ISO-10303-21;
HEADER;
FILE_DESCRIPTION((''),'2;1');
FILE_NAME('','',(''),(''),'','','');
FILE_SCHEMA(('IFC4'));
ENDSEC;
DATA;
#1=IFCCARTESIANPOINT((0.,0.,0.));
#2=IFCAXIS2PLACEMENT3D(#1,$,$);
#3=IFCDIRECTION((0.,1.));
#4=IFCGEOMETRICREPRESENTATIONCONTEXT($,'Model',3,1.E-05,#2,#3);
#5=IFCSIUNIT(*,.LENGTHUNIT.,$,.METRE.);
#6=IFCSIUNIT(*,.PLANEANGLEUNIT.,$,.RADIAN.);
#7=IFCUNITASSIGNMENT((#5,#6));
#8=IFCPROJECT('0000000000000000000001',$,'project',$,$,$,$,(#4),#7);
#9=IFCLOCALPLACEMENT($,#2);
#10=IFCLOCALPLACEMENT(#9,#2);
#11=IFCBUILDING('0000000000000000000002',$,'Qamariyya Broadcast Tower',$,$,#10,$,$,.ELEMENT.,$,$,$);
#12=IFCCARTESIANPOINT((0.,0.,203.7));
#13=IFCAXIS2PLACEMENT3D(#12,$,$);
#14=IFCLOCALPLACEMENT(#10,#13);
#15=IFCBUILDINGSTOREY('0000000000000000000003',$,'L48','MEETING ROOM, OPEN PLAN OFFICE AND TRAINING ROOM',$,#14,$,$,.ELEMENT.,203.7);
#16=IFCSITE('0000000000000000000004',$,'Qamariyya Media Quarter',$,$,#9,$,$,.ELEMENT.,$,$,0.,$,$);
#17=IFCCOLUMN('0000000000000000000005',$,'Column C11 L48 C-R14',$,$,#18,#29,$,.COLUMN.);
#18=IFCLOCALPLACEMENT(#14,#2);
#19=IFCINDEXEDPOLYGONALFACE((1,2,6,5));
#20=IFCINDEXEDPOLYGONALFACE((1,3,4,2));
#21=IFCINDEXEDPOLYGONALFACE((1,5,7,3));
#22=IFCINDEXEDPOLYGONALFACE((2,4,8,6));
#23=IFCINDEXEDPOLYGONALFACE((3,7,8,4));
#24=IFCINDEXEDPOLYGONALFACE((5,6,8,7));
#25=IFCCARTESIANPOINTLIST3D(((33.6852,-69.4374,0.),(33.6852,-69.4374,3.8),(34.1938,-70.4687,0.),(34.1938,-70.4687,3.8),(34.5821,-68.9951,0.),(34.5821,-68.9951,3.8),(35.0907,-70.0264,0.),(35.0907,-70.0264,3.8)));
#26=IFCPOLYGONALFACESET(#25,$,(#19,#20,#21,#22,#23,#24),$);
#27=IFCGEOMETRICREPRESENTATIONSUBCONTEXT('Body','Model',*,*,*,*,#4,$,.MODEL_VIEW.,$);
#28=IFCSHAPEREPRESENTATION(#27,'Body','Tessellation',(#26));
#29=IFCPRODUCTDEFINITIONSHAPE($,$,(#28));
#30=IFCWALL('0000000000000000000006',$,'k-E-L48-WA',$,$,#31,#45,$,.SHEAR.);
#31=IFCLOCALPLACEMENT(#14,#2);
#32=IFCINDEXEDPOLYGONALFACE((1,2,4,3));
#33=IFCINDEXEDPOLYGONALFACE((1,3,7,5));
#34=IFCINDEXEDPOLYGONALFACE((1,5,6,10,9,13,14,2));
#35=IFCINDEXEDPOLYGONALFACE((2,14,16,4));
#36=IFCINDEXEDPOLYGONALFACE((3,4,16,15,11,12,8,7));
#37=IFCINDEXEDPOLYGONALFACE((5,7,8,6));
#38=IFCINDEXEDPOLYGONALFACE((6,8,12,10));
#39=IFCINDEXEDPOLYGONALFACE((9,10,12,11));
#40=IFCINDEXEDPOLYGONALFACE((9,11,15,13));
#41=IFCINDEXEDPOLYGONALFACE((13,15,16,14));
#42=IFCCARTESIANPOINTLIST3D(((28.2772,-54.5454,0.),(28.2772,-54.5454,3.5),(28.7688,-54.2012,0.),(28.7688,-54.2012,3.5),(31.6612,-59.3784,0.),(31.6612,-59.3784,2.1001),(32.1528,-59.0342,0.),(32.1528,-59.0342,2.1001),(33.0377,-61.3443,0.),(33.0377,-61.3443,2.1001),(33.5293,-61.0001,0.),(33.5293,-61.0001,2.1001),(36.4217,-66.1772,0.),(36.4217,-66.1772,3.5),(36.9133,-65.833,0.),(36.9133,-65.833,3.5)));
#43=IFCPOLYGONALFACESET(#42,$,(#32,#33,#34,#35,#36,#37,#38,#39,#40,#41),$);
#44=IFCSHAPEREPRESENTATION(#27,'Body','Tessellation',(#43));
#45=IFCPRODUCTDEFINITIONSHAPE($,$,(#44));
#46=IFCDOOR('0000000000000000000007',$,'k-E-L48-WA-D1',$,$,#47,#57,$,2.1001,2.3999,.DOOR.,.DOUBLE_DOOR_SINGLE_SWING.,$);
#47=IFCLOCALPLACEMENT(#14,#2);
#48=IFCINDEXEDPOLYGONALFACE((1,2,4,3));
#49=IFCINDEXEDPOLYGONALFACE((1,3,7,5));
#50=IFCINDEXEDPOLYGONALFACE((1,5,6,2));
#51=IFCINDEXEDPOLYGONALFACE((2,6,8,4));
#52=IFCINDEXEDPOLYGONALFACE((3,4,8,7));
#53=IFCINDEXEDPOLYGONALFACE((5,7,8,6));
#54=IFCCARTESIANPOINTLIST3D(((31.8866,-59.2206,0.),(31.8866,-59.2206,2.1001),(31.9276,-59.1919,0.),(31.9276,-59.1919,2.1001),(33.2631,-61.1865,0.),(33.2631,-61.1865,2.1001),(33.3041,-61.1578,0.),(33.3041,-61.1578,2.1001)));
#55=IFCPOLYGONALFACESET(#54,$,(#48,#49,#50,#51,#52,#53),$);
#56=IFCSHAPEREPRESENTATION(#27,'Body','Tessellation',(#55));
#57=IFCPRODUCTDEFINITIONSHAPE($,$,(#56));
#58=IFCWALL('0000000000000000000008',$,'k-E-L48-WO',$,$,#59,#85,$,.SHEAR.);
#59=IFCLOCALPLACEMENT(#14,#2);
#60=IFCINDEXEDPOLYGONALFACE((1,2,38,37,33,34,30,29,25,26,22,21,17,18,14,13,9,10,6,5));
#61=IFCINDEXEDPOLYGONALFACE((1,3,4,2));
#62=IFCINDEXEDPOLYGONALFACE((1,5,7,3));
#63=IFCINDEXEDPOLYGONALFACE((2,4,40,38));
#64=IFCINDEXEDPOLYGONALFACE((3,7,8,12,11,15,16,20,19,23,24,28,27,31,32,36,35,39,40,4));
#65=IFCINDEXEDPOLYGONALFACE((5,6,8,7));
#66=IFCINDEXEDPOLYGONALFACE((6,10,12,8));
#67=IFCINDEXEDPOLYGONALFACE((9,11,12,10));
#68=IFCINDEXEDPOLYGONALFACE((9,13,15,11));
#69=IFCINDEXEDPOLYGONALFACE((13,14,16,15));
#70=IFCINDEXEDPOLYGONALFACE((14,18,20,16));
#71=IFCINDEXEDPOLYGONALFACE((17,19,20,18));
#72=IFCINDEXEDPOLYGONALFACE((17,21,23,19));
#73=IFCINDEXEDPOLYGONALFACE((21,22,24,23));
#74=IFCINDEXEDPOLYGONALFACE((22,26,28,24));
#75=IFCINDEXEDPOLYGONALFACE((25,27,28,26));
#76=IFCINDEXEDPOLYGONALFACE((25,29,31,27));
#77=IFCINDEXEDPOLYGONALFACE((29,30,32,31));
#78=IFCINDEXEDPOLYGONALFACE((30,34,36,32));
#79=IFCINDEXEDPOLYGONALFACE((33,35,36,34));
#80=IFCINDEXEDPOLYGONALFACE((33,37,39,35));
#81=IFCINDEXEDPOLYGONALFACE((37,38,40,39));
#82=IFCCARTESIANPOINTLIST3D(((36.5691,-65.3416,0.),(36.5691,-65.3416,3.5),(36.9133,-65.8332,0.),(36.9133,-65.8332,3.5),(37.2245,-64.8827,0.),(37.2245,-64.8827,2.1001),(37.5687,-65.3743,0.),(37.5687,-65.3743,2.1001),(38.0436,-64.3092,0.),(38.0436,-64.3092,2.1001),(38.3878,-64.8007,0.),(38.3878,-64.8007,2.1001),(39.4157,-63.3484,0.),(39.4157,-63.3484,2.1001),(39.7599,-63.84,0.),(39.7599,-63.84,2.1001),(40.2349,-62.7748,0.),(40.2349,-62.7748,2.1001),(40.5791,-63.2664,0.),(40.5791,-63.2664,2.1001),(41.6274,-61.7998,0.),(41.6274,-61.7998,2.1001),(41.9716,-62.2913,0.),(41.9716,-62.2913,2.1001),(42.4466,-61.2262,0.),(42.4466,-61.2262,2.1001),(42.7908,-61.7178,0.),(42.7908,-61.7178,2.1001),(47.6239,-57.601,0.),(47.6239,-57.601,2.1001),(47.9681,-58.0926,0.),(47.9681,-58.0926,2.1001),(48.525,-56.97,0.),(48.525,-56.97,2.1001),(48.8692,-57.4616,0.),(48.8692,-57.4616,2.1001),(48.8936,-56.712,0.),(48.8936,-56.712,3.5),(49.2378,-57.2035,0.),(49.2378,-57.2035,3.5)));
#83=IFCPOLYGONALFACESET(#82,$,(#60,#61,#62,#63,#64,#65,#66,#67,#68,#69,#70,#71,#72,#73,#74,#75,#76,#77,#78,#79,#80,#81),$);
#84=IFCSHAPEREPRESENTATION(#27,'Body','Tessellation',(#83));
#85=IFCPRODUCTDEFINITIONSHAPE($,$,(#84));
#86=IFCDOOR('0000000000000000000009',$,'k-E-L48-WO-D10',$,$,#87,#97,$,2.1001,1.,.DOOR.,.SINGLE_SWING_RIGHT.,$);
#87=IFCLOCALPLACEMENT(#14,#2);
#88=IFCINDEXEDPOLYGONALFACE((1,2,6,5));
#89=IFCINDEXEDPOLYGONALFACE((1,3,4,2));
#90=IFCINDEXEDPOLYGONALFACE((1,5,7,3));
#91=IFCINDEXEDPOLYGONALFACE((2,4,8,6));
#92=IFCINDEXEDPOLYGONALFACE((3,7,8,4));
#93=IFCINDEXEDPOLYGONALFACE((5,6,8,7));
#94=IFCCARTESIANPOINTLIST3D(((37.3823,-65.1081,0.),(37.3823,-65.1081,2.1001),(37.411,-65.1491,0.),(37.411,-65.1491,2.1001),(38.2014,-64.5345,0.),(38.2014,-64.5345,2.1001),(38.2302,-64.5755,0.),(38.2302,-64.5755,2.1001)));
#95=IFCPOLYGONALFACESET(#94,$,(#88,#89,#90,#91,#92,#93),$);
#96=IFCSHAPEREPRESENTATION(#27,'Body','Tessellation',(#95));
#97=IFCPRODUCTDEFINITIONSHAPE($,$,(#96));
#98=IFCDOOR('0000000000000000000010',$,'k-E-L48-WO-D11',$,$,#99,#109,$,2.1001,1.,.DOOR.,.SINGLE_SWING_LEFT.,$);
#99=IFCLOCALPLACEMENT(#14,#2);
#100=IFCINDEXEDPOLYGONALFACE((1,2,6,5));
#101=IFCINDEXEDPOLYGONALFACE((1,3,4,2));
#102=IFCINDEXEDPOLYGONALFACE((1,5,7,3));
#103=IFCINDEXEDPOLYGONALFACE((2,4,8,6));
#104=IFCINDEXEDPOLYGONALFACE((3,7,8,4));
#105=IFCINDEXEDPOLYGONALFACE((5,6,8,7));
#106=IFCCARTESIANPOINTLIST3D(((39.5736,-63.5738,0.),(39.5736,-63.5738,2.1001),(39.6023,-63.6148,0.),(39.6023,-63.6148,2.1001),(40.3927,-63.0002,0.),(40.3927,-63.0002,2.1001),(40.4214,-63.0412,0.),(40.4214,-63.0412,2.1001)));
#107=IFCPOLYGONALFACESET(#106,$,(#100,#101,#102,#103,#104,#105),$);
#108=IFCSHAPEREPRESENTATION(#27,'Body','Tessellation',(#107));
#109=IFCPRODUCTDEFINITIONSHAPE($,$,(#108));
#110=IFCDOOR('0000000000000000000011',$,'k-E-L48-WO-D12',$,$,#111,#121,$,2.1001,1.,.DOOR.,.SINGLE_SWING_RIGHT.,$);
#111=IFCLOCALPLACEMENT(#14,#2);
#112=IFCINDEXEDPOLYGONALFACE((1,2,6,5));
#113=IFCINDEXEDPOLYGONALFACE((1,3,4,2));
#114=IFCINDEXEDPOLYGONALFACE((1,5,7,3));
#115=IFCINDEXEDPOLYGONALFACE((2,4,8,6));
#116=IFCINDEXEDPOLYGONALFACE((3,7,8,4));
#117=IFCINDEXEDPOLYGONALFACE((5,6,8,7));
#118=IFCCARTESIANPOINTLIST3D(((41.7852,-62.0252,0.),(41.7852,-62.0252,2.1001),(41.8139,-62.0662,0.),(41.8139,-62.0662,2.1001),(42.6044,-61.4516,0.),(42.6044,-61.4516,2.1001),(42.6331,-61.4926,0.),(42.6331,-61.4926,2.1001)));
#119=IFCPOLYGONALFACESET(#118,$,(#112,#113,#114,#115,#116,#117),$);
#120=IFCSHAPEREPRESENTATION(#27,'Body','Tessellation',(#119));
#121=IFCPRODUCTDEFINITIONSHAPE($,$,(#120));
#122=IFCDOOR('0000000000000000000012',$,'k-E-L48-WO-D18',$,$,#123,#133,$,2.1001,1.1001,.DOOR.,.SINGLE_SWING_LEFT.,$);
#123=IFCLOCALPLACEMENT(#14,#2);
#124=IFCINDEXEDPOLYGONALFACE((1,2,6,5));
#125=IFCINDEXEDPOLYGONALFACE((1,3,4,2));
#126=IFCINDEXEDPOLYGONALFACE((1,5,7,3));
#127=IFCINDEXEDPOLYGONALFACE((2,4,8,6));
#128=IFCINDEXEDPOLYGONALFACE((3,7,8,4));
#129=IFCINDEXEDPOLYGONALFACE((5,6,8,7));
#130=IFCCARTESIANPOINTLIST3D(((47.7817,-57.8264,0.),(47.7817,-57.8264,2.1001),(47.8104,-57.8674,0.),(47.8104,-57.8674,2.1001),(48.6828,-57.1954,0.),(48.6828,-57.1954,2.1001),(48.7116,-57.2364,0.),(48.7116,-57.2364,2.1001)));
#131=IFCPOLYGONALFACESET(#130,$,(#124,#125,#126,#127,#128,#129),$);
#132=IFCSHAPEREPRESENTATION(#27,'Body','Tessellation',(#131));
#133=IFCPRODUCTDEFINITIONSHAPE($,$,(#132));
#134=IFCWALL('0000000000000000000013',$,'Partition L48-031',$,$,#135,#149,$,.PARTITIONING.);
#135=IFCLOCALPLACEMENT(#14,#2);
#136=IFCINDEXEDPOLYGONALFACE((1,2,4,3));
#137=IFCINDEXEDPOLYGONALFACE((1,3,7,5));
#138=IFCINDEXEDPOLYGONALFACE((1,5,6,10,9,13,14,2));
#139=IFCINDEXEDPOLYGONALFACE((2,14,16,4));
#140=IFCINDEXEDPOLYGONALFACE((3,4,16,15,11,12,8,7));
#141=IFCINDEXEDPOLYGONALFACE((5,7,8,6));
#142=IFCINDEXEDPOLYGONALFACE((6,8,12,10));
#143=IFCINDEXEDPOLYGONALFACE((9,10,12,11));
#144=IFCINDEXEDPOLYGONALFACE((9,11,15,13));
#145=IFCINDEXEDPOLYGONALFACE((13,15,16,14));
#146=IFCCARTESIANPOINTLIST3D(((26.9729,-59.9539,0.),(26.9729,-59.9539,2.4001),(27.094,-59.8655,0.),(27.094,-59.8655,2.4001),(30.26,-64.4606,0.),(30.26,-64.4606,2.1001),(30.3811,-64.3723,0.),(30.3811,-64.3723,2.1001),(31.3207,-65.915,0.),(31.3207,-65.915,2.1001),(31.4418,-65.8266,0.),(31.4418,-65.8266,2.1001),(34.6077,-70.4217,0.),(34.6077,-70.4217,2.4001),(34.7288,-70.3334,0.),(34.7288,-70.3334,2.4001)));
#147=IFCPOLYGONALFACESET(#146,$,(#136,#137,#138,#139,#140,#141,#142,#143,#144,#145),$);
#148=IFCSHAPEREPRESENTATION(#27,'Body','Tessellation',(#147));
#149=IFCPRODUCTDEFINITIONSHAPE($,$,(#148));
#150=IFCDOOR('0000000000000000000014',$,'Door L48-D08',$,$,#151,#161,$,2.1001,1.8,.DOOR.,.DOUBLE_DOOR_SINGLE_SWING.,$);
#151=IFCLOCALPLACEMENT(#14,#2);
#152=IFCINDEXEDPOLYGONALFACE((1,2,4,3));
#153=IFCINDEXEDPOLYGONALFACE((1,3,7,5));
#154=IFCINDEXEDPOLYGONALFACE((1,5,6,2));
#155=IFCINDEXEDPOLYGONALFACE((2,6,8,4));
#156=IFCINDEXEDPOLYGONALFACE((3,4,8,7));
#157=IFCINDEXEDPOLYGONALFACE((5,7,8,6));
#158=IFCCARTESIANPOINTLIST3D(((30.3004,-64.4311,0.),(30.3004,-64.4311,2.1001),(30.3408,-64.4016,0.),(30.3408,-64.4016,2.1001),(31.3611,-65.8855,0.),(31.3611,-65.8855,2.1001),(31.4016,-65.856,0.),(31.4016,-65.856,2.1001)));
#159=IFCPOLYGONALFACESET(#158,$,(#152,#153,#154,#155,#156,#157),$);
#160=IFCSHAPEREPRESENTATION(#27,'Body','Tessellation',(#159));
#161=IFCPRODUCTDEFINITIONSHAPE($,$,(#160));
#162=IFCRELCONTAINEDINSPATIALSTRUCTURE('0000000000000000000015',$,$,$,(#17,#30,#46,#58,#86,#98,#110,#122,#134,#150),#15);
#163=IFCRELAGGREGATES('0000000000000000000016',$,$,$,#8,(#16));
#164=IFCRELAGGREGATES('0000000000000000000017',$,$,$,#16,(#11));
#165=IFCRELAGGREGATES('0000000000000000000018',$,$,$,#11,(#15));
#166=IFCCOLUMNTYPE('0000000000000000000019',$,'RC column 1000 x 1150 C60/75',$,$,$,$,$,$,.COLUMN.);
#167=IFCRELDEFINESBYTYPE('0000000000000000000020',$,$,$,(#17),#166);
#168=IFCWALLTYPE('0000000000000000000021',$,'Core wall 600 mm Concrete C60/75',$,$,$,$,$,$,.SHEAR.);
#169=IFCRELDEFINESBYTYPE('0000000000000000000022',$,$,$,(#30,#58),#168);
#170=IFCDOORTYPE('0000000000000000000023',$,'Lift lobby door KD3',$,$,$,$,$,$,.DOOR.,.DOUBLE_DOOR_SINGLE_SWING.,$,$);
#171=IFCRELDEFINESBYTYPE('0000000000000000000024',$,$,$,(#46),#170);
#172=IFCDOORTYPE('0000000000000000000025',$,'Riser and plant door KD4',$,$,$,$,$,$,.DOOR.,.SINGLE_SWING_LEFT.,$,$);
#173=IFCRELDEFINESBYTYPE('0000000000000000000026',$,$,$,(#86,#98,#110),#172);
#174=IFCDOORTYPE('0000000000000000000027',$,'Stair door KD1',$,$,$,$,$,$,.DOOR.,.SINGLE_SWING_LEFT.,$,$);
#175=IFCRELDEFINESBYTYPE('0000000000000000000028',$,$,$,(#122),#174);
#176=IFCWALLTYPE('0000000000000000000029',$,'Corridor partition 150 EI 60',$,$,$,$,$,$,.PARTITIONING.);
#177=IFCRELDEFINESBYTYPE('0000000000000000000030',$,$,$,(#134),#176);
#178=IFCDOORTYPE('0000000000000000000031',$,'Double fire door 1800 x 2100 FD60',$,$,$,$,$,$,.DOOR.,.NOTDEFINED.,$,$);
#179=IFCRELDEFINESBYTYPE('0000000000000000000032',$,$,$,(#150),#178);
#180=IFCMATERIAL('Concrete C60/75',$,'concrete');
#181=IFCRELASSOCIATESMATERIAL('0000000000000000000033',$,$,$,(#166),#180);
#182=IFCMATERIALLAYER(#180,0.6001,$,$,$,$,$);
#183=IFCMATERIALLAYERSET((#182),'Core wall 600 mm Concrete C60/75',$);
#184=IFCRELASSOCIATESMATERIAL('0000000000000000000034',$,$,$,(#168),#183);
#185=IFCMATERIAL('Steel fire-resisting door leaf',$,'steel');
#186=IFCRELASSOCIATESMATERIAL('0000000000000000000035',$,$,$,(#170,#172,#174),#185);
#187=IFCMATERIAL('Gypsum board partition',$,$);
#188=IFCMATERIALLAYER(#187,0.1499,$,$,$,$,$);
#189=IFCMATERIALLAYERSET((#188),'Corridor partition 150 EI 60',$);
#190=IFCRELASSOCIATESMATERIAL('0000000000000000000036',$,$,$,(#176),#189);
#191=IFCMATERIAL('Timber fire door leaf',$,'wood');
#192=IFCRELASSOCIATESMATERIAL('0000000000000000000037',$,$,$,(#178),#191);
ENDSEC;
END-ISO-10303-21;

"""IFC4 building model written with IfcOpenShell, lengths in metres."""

from ifc_helpers import new_model, si_unit, direction, frame, frame_2d, origin, origin_2d, place, context, subcontext, project, spatial, rectangle, extrude, material, layer, layer_set, material_profile, profile_set, type_object, element, fill, save


model = new_model("IFC4")

# Units and contexts
model_context = context("Model", 3, precision=1e-05, world=origin(), true_north=direction((0.0, 1.0)))
body_context = subcontext(model_context, "Body", "Model", "MODEL_VIEW")
ifc_project = project(units=[si_unit("LENGTHUNIT", "METRE"), si_unit("PLANEANGLEUNIT", "RADIAN")], contexts=[model_context])

# Site, building, storey
site_placement = place(None, origin())
site = spatial("IfcSite", under=ifc_project, at=site_placement, Name="Qamariyya Media Quarter", CompositionType="ELEMENT", RefElevation=0.0)
building_placement = place(site_placement, origin())
building = spatial("IfcBuilding", under=site, at=building_placement, Name="Qamariyya Broadcast Tower", CompositionType="ELEMENT")
storey_placement = place(building_placement, frame((0.0, 0.0, 203.7)))
storey = spatial("IfcBuildingStorey", under=building, at=storey_placement, Name="L48", Description="MEETING ROOM, OPEN PLAN OFFICE AND TRAINING ROOM", CompositionType="ELEMENT", Elevation=203.7)

# Column
ifc_material_1 = material(Name="Concrete C60/75", Category="concrete")
ifc_material_profile_1 = material_profile(ifc_material_1, rectangle(XDim=1.0, YDim=1.1499, at=origin_2d()))
ifc_profile_set_1 = profile_set([ifc_material_profile_1], Name="Concrete C60/75")
column_type = type_object("IfcColumnType", Name="RC column 1000 x 1150 C60/75", PredefinedType="COLUMN", material=ifc_profile_set_1)
column_placement = place(storey_placement, frame((34.3879, -69.7319, 0.0), z_axis=(0.0, 0.0, 1.0), x_axis=(0.896873, 0.442289, 0.0)))
element("IfcColumn", 1, at=column_placement, inside=storey, type_object=column_type, Name="Column C11 L48 C-R14", PredefinedType="COLUMN", context=body_context, shape_type="SweptSolid", body=[
    extrude(rectangle(XDim=1.0, YDim=1.1499, at=origin_2d()), origin(), (0.0, 0.0, 1.0), 3.8),
])

# Wall, opening, door
ifc_layer_1 = layer(ifc_material_1, 0.6001)
ifc_layer_set_1 = layer_set([ifc_layer_1], Name="Core wall 600 mm Concrete C60/75")
wall_type_1 = type_object("IfcWallType", Name="Core wall 600 mm Concrete C60/75", PredefinedType="SHEAR", material=ifc_layer_set_1)
wall_1_placement = place(storey_placement, frame((36.6675, -66.0051, 0.0), z_axis=(0.0, 0.0, 1.0), x_axis=(-0.573568, 0.819158, 0.0)))
wall_1 = element("IfcWall", 2, at=wall_1_placement, inside=storey, type_object=wall_type_1, Name="k-E-L48-WA", PredefinedType="SHEAR", context=body_context, shape_type="SweptSolid", body=[
    extrude(rectangle(XDim=14.1997, YDim=0.6001, at=frame_2d((7.0999, 0.0))), origin(), (0.0, 0.0, 1.0), 3.5),
])
opening_1_placement = place(wall_1_placement, frame((5.8999, 0.0, 0.0)))
opening_1 = element("IfcOpeningElement", 3, at=opening_1_placement, cuts=wall_1, PredefinedType="OPENING", context=body_context, shape_type="SweptSolid", body=[
    extrude(rectangle(XDim=2.3999, YDim=2.1001, at=frame_2d((1.2, 1.05))), frame((0.0, 0.3101, 0.0), z_axis=(0.0, -1.0, 0.0), x_axis=(1.0, 0.0, 0.0)), (0.0, 0.0, 1.0), 0.6201),
])
ifc_material_2 = material(Name="Steel fire-resisting door leaf", Category="steel")
door_type_1 = type_object("IfcDoorType", Name="Lift lobby door KD3", OperationType="DOUBLE_DOOR_SINGLE_SWING", PredefinedType="DOOR", material=ifc_material_2)
door_1_placement = place(opening_1_placement, origin())
door_1 = element("IfcDoor", 4, at=door_1_placement, inside=storey, type_object=door_type_1, Name="k-E-L48-WA-D1", OperationType="DOUBLE_DOOR_SINGLE_SWING", OverallHeight=2.1001, OverallWidth=2.3999, PredefinedType="DOOR", context=body_context, shape_type="SweptSolid", body=[
    extrude(rectangle(XDim=2.3999, YDim=2.1001, at=frame_2d((1.2, 1.05))), frame((0.0, 0.0249, 0.0), z_axis=(0.0, -1.0, 0.0), x_axis=(1.0, 0.0, 0.0)), (0.0, 0.0, 1.0), 0.05),
])
fill(opening_1, door_1)

# Wall, openings, doors
wall_2_placement = place(storey_placement, frame((36.7412, -65.5874, 0.0), z_axis=(0.0, 0.0, 1.0), x_axis=(0.819153, 0.573575, 0.0)))
wall_2 = element("IfcWall", 5, at=wall_2_placement, inside=storey, type_object=wall_type_1, Name="k-E-L48-WO", PredefinedType="SHEAR", context=body_context, shape_type="SweptSolid", body=[
    extrude(rectangle(XDim=15.0454, YDim=0.6001, at=frame_2d((7.5227, 0.0))), origin(), (0.0, 0.0, 1.0), 3.5),
])
opening_2_placement = place(wall_2_placement, frame((0.8, 0.0, 0.0)))
opening_2 = element("IfcOpeningElement", 6, at=opening_2_placement, cuts=wall_2, PredefinedType="OPENING", context=body_context, shape_type="SweptSolid", body=[
    extrude(rectangle(XDim=1.0, YDim=2.1001, at=frame_2d((0.5, 1.05))), frame((0.0, 0.3101, 0.0), z_axis=(0.0, -1.0, 0.0), x_axis=(1.0, 0.0, 0.0)), (0.0, 0.0, 1.0), 0.6201),
])
opening_3_placement = place(wall_2_placement, frame((3.4751, 0.0, 0.0)))
opening_3 = element("IfcOpeningElement", 7, at=opening_3_placement, cuts=wall_2, PredefinedType="OPENING", context=body_context, shape_type="SweptSolid", body=[
    extrude(rectangle(XDim=1.0, YDim=2.1001, at=frame_2d((0.5, 1.05))), frame((0.0, 0.3101, 0.0), z_axis=(0.0, -1.0, 0.0), x_axis=(1.0, 0.0, 0.0)), (0.0, 0.0, 1.0), 0.6201),
])
opening_4_placement = place(wall_2_placement, frame((6.175, 0.0, 0.0)))
opening_4 = element("IfcOpeningElement", 8, at=opening_4_placement, cuts=wall_2, PredefinedType="OPENING", context=body_context, shape_type="SweptSolid", body=[
    extrude(rectangle(XDim=1.0, YDim=2.1001, at=frame_2d((0.5, 1.05))), frame((0.0, 0.3101, 0.0), z_axis=(0.0, -1.0, 0.0), x_axis=(1.0, 0.0, 0.0)), (0.0, 0.0, 1.0), 0.6201),
])
opening_5_placement = place(wall_2_placement, frame((13.4954, 0.0, 0.0)))
opening_5 = element("IfcOpeningElement", 9, at=opening_5_placement, cuts=wall_2, PredefinedType="OPENING", context=body_context, shape_type="SweptSolid", body=[
    extrude(rectangle(XDim=1.1001, YDim=2.1001, at=frame_2d((0.55, 1.05))), frame((0.0, 0.3101, 0.0), z_axis=(0.0, -1.0, 0.0), x_axis=(1.0, 0.0, 0.0)), (0.0, 0.0, 1.0), 0.6201),
])
door_type_2 = type_object("IfcDoorType", Name="Riser and plant door KD4", OperationType="SINGLE_SWING_LEFT", PredefinedType="DOOR", material=ifc_material_2)
door_2_placement = place(opening_2_placement, origin())
door_2 = element("IfcDoor", 10, at=door_2_placement, inside=storey, type_object=door_type_2, Name="k-E-L48-WO-D10", OperationType="SINGLE_SWING_RIGHT", OverallHeight=2.1001, OverallWidth=1.0, PredefinedType="DOOR", context=body_context, shape_type="SweptSolid", body=[
    extrude(rectangle(XDim=1.0, YDim=2.1001, at=frame_2d((0.5, 1.05))), frame((0.0, 0.0249, 0.0), z_axis=(0.0, -1.0, 0.0), x_axis=(1.0, 0.0, 0.0)), (0.0, 0.0, 1.0), 0.05),
])
fill(opening_2, door_2)
door_3_placement = place(opening_3_placement, origin())
door_3 = element("IfcDoor", 11, at=door_3_placement, inside=storey, type_object=door_type_2, Name="k-E-L48-WO-D11", OperationType="SINGLE_SWING_LEFT", OverallHeight=2.1001, OverallWidth=1.0, PredefinedType="DOOR", context=body_context, shape_type="SweptSolid", body=[
    extrude(rectangle(XDim=1.0, YDim=2.1001, at=frame_2d((0.5, 1.05))), frame((0.0, 0.0249, 0.0), z_axis=(0.0, -1.0, 0.0), x_axis=(1.0, 0.0, 0.0)), (0.0, 0.0, 1.0), 0.05),
])
fill(opening_3, door_3)
door_4_placement = place(opening_4_placement, origin())
door_4 = element("IfcDoor", 12, at=door_4_placement, inside=storey, type_object=door_type_2, Name="k-E-L48-WO-D12", OperationType="SINGLE_SWING_RIGHT", OverallHeight=2.1001, OverallWidth=1.0, PredefinedType="DOOR", context=body_context, shape_type="SweptSolid", body=[
    extrude(rectangle(XDim=1.0, YDim=2.1001, at=frame_2d((0.5, 1.05))), frame((0.0, 0.0249, 0.0), z_axis=(0.0, -1.0, 0.0), x_axis=(1.0, 0.0, 0.0)), (0.0, 0.0, 1.0), 0.05),
])
fill(opening_4, door_4)
door_type_3 = type_object("IfcDoorType", Name="Stair door KD1", OperationType="SINGLE_SWING_LEFT", PredefinedType="DOOR", material=ifc_material_2)
door_5_placement = place(opening_5_placement, origin())
door_5 = element("IfcDoor", 13, at=door_5_placement, inside=storey, type_object=door_type_3, Name="k-E-L48-WO-D18", OperationType="SINGLE_SWING_LEFT", OverallHeight=2.1001, OverallWidth=1.1001, PredefinedType="DOOR", context=body_context, shape_type="SweptSolid", body=[
    extrude(rectangle(XDim=1.1001, YDim=2.1001, at=frame_2d((0.55, 1.05))), frame((0.0, 0.0249, 0.0), z_axis=(0.0, -1.0, 0.0), x_axis=(1.0, 0.0, 0.0)), (0.0, 0.0, 1.0), 0.05),
])
fill(opening_5, door_5)

# Wall, opening, door
ifc_material_3 = material(Name="Gypsum board partition")
ifc_layer_2 = layer(ifc_material_3, 0.1499)
ifc_layer_set_2 = layer_set([ifc_layer_2], Name="Corridor partition 150 EI 60")
wall_type_2 = type_object("IfcWallType", Name="Corridor partition 150 EI 60", PredefinedType="PARTITIONING", material=ifc_layer_set_2)
wall_3_placement = place(storey_placement, frame((34.6682, -70.3774, 0.0), z_axis=(0.0, 0.0, 1.0), x_axis=(-0.589274, 0.807934, 0.0)))
wall_3 = element("IfcWall", 14, at=wall_3_placement, inside=storey, type_object=wall_type_2, Name="Partition L48-031", PredefinedType="PARTITIONING", context=body_context, shape_type="SweptSolid", body=[
    extrude(rectangle(XDim=12.9563, YDim=0.1499, at=frame_2d((6.478, 0.0))), origin(), (0.0, 0.0, 1.0), 2.4001),
])
opening_6_placement = place(wall_3_placement, frame((5.5781, 0.0, 0.0)))
opening_6 = element("IfcOpeningElement", 15, at=opening_6_placement, cuts=wall_3, PredefinedType="OPENING", context=body_context, shape_type="SweptSolid", body=[
    extrude(rectangle(XDim=1.8, YDim=2.1001, at=frame_2d((0.8999, 1.05))), frame((0.0, 0.085, 0.0), z_axis=(0.0, -1.0, 0.0), x_axis=(1.0, 0.0, 0.0)), (0.0, 0.0, 1.0), 0.1699),
])
ifc_material_4 = material(Name="Timber fire door leaf", Category="wood")
door_type_4 = type_object("IfcDoorType", Name="Double fire door 1800 x 2100 FD60", OperationType="NOTDEFINED", PredefinedType="DOOR", material=ifc_material_4)
door_6_placement = place(opening_6_placement, origin())
door_6 = element("IfcDoor", 16, at=door_6_placement, inside=storey, type_object=door_type_4, Name="Door L48-D08", OperationType="DOUBLE_DOOR_SINGLE_SWING", OverallHeight=2.1001, OverallWidth=1.8, PredefinedType="DOOR", context=body_context, shape_type="SweptSolid", body=[
    extrude(rectangle(XDim=1.8, YDim=2.1001, at=frame_2d((0.8999, 1.05))), frame((0.0, 0.0249, 0.0), z_axis=(0.0, -1.0, 0.0), x_axis=(1.0, 0.0, 0.0)), (0.0, 0.0, 1.0), 0.05),
])
fill(opening_6, door_6)

save(model, "model.ifc")
